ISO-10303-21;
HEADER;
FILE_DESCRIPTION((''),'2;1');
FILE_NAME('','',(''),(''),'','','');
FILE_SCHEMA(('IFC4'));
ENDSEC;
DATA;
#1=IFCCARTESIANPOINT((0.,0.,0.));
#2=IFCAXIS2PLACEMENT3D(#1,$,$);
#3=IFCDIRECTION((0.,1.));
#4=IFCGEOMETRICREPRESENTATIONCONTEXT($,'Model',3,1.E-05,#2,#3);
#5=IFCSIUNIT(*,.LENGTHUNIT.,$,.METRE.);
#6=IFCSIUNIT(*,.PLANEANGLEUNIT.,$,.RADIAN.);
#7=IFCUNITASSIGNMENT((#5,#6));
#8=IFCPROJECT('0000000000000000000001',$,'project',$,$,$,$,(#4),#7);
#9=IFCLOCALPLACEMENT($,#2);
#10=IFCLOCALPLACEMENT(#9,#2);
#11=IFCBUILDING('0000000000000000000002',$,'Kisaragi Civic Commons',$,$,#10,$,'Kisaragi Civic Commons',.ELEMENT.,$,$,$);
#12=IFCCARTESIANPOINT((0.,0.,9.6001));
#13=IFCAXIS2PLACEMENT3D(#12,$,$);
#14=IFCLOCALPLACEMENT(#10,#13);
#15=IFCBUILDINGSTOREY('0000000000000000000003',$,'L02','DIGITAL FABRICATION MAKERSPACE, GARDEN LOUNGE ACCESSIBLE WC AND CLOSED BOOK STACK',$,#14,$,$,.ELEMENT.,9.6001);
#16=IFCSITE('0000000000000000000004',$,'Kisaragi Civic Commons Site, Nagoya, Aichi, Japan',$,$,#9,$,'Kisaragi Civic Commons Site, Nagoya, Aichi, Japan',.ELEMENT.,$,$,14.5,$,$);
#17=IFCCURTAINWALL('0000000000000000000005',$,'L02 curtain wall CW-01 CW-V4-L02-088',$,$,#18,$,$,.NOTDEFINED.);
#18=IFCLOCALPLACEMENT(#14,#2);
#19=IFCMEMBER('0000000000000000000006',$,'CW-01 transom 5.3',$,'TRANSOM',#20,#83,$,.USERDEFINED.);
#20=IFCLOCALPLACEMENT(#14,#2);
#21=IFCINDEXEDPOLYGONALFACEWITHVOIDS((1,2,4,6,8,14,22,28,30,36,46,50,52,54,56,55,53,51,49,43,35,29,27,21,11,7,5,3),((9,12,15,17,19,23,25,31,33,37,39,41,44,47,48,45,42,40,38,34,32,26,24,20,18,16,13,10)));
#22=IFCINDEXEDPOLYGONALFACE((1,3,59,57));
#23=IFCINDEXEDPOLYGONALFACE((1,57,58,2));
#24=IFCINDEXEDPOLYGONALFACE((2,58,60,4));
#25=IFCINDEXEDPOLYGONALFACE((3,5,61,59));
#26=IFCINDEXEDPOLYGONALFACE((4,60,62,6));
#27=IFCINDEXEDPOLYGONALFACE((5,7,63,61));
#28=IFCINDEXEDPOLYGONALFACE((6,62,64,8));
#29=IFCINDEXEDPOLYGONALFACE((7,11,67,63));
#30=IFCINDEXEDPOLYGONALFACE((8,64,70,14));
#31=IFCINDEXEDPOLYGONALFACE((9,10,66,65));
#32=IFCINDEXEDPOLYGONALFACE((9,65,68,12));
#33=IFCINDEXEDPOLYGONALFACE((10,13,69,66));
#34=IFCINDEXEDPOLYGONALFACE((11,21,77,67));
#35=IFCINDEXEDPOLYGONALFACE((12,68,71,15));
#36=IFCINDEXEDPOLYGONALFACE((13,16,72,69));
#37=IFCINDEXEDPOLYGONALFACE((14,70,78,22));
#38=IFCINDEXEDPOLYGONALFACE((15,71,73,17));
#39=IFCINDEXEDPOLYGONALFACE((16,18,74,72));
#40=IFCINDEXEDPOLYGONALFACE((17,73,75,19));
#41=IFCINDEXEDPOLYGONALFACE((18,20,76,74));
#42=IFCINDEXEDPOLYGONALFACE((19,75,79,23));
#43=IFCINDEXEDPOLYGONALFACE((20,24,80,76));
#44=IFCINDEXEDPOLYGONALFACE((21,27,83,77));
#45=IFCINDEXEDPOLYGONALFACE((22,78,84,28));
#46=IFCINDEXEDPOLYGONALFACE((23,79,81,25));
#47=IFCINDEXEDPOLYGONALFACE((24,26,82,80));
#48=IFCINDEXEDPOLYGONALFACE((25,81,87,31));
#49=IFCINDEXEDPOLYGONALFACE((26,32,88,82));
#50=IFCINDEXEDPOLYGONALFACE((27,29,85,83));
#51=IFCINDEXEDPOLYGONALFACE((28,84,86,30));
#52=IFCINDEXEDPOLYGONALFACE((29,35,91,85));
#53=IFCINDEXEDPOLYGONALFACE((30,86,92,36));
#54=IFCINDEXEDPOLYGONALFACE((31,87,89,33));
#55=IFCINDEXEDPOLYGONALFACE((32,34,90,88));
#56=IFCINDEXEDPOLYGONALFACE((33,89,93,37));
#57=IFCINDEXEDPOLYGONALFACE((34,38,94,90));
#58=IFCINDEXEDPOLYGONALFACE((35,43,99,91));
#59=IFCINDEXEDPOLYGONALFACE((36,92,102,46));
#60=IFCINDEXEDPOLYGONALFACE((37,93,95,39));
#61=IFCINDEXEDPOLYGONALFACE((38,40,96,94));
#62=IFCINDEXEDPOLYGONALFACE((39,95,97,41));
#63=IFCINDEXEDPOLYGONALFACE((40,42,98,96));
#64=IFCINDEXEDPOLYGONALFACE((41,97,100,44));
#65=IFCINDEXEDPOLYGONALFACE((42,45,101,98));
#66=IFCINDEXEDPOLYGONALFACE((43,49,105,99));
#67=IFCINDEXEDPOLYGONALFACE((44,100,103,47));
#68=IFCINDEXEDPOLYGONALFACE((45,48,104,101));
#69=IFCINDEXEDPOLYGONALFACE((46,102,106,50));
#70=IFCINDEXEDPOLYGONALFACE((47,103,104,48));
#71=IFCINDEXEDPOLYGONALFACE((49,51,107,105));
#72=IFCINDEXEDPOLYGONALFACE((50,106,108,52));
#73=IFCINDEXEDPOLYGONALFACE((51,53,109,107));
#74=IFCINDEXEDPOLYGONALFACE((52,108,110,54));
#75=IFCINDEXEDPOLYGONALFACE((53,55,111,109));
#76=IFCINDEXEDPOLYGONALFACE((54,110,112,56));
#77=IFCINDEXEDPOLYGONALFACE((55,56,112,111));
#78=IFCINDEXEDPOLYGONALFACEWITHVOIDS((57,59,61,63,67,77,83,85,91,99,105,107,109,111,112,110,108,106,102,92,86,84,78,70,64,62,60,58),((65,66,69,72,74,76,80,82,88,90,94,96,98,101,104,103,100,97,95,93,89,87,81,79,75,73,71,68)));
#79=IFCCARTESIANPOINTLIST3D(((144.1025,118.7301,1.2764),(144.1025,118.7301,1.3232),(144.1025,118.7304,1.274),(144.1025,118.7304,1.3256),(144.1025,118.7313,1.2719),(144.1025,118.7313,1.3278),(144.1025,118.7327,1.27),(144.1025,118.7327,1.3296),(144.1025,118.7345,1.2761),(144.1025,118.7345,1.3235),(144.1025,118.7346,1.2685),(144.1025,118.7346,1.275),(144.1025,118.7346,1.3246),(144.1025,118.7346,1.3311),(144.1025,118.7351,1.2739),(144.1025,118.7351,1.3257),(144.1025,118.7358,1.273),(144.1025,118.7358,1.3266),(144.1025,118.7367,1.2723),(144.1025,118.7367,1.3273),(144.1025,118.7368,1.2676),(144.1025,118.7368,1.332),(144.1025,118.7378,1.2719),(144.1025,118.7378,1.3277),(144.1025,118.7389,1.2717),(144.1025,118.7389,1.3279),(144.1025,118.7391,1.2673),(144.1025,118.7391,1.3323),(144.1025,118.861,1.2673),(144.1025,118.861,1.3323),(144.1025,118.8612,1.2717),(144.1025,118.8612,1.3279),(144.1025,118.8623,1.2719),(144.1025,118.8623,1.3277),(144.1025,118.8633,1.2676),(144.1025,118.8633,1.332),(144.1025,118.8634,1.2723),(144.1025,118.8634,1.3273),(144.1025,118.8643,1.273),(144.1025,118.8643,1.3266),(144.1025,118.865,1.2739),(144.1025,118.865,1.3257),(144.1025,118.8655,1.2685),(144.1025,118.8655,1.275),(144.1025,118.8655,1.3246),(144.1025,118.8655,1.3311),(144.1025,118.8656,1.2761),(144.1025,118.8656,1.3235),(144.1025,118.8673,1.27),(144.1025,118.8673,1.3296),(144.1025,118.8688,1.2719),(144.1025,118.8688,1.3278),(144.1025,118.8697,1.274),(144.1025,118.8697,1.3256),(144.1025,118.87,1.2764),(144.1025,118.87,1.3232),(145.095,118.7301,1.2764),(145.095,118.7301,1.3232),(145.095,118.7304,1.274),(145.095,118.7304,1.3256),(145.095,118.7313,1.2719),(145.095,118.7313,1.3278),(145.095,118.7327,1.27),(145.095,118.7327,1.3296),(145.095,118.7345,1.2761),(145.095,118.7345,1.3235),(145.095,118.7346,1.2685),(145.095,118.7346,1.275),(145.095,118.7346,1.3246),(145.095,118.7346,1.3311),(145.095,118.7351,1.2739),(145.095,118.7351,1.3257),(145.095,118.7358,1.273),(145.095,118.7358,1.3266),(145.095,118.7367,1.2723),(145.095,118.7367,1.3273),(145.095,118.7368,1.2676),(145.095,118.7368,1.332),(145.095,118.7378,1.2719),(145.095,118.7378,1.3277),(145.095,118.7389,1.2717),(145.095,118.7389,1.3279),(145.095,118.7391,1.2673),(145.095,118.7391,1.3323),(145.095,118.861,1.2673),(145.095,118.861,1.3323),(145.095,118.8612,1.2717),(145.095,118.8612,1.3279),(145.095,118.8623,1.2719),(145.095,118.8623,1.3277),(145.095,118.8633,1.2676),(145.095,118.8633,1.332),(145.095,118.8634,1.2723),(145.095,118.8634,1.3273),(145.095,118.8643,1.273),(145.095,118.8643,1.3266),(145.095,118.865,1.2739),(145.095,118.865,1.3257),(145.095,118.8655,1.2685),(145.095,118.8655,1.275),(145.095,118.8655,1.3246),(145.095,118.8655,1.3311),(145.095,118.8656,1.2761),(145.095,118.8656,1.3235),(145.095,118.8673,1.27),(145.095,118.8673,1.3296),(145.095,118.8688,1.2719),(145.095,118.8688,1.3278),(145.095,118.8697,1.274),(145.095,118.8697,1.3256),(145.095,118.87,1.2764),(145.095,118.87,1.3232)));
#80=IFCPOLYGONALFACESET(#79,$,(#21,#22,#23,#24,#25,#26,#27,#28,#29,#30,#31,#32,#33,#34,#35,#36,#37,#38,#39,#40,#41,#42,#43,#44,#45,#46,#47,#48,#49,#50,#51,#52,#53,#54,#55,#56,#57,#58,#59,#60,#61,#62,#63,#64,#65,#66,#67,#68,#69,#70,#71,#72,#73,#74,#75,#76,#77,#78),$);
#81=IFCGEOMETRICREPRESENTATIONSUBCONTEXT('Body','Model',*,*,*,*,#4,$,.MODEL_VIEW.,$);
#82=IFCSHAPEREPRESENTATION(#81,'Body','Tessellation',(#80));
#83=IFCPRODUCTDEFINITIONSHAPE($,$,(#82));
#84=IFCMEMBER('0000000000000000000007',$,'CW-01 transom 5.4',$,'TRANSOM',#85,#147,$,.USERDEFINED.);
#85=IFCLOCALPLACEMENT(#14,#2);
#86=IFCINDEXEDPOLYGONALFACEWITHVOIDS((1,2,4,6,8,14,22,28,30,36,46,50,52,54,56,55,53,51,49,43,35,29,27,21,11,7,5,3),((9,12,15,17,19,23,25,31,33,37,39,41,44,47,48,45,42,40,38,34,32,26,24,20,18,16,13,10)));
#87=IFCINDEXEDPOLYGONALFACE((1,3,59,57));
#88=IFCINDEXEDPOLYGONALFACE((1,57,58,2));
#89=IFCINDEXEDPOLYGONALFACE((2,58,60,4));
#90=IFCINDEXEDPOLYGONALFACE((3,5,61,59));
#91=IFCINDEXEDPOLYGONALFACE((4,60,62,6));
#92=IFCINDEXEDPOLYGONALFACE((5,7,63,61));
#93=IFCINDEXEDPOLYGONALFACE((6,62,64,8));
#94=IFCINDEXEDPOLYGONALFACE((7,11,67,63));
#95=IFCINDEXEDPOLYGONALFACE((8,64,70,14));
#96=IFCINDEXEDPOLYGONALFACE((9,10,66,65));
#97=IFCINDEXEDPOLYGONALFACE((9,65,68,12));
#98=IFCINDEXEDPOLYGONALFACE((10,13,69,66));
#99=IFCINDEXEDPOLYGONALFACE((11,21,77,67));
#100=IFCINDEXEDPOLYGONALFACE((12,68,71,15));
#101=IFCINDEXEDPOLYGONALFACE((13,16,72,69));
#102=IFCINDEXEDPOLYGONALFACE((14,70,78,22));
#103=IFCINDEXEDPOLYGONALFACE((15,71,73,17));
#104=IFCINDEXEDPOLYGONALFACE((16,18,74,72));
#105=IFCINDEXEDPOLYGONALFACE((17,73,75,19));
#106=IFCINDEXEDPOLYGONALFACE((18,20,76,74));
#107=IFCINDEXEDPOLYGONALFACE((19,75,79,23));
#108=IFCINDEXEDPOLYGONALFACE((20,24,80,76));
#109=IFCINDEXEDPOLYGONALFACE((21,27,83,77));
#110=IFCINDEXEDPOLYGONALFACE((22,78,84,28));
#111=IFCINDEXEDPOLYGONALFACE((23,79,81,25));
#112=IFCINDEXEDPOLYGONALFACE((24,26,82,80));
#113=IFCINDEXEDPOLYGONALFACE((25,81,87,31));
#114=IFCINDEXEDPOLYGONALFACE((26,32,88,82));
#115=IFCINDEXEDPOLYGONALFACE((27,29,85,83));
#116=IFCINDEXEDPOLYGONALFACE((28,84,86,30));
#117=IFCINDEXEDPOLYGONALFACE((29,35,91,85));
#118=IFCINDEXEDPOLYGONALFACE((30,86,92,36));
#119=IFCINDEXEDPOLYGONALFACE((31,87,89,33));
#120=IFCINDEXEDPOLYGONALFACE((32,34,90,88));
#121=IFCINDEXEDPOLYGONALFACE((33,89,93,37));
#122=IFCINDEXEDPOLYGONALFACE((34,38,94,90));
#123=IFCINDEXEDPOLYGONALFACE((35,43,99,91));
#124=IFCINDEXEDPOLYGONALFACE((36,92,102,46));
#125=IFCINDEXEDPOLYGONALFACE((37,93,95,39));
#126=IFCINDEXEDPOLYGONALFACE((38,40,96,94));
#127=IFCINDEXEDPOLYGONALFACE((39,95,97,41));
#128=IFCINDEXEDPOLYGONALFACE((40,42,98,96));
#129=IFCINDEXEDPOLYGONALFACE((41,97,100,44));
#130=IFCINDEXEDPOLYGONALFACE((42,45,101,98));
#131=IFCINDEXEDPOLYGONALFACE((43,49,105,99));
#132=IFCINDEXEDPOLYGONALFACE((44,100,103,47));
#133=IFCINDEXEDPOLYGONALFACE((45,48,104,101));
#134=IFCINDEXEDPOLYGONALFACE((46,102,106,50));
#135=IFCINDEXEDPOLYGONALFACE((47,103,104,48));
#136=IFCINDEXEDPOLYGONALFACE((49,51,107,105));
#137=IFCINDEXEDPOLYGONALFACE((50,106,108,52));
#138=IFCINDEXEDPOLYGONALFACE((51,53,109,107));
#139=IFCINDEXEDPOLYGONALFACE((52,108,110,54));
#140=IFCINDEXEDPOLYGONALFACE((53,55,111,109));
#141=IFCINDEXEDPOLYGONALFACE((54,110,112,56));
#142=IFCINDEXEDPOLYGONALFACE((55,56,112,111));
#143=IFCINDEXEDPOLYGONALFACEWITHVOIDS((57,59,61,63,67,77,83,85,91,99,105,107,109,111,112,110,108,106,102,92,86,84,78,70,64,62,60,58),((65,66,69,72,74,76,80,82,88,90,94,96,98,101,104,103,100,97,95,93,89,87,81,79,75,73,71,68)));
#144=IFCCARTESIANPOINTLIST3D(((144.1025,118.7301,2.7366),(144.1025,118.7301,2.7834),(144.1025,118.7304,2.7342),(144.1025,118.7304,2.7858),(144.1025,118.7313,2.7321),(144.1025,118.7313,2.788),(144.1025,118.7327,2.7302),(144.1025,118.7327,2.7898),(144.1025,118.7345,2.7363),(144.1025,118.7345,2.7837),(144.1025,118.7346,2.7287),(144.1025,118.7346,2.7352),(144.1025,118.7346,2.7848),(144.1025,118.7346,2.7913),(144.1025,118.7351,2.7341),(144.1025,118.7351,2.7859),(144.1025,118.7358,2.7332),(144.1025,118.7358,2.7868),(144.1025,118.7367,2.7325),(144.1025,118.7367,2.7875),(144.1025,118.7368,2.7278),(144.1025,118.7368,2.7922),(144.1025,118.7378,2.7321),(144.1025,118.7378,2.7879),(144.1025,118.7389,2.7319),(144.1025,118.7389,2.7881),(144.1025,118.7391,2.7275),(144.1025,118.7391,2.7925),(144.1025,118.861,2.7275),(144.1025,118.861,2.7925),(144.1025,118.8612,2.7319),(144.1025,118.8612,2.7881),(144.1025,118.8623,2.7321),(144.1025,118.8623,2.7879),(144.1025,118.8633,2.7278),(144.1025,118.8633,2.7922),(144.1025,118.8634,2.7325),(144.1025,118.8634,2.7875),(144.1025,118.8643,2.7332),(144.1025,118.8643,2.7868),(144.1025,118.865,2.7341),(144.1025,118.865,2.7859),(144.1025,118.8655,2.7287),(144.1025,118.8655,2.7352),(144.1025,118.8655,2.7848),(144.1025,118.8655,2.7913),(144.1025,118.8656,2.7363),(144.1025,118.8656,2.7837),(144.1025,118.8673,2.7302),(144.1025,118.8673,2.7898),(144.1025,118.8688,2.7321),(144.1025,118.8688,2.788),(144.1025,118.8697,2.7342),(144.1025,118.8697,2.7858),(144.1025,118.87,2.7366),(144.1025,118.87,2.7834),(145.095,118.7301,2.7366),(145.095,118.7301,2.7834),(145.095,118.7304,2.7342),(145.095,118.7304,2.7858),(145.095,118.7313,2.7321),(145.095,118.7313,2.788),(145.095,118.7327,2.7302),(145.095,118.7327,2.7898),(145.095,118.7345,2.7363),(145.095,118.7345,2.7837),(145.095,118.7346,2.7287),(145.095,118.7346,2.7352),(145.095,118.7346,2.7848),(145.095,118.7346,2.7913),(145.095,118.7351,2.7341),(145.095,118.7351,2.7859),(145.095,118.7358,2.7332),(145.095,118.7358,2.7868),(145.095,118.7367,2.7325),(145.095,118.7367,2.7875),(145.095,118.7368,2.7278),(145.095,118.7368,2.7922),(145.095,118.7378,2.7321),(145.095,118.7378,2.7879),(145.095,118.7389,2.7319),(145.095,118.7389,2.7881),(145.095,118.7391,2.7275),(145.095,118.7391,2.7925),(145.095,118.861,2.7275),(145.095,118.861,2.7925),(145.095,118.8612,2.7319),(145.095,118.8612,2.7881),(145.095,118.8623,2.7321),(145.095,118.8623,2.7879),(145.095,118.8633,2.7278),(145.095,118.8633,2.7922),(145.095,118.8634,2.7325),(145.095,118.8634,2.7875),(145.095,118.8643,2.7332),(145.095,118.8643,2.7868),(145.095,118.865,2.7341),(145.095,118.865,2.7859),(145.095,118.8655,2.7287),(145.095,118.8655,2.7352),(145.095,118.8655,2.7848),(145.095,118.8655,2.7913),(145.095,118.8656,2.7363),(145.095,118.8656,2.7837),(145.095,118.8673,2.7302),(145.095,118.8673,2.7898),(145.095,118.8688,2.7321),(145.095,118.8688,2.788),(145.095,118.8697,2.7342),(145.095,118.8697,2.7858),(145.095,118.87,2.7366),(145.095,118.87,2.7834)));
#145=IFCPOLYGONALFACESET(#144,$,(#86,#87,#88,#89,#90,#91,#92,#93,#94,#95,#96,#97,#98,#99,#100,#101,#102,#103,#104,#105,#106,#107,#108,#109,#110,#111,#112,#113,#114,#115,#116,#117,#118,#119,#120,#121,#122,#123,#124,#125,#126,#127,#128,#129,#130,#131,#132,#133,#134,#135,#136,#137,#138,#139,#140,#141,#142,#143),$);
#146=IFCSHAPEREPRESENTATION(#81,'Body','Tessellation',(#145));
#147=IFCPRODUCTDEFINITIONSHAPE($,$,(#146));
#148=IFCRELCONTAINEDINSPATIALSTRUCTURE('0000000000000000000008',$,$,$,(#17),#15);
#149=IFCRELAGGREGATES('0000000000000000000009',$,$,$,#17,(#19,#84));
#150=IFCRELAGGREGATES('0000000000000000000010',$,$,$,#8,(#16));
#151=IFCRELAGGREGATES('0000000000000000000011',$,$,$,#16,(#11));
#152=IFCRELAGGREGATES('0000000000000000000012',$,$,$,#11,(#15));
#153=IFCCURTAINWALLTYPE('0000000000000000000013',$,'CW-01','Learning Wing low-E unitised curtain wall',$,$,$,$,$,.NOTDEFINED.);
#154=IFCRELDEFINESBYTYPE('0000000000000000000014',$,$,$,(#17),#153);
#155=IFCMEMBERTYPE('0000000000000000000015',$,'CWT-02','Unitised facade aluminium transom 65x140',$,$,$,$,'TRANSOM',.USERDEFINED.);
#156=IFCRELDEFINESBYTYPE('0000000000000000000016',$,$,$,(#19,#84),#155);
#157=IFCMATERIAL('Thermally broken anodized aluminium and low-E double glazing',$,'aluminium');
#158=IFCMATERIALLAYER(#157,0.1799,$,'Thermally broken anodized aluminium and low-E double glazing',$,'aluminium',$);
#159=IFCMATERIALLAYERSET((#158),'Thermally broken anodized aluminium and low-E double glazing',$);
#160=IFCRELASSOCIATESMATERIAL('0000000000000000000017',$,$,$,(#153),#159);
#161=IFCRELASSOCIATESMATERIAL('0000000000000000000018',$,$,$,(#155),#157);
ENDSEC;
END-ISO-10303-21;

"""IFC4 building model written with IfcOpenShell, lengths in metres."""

from ifc_helpers import new_model, si_unit, direction, frame, origin, origin_2d, place, context, subcontext, project, spatial, hollow_rectangle, extrude, material, layer, layer_set, material_profile, profile_set, type_object, element, aggregate, save


model = new_model("IFC4")

# Units and contexts
model_context = context("Model", 3, precision=1e-05, world=origin(), true_north=direction((0.0, 1.0)))
body_context = subcontext(model_context, "Body", "Model", "MODEL_VIEW")
ifc_project = project(units=[si_unit("LENGTHUNIT", "METRE"), si_unit("PLANEANGLEUNIT", "RADIAN")], contexts=[model_context])

# Site, building, storey
site_placement = place(None, origin())
site = spatial("IfcSite", under=ifc_project, at=site_placement, Name="Kisaragi Civic Commons Site, Nagoya, Aichi, Japan", LongName="Kisaragi Civic Commons Site, Nagoya, Aichi, Japan", CompositionType="ELEMENT", RefElevation=14.5)
building_placement = place(site_placement, origin())
building = spatial("IfcBuilding", under=site, at=building_placement, Name="Kisaragi Civic Commons", LongName="Kisaragi Civic Commons", CompositionType="ELEMENT")
storey_placement = place(building_placement, frame((0.0, 0.0, 9.6001)))
storey = spatial("IfcBuildingStorey", under=building, at=storey_placement, Name="L02", Description="DIGITAL FABRICATION MAKERSPACE, GARDEN LOUNGE ACCESSIBLE WC AND CLOSED BOOK STACK", CompositionType="ELEMENT", Elevation=9.6001)

# Curtain wall, members
ifc_material_1 = material(Name="Thermally broken anodized aluminium and low-E double glazing", Category="aluminium")
ifc_layer_1 = layer(ifc_material_1, 0.1799, Name="Thermally broken anodized aluminium and low-E double glazing", Category="aluminium")
ifc_layer_set_1 = layer_set([ifc_layer_1], Name="Thermally broken anodized aluminium and low-E double glazing")
curtain_wall_type = type_object("IfcCurtainWallType", Name="CW-01", Description="Learning Wing low-E unitised curtain wall", PredefinedType="NOTDEFINED", material=ifc_layer_set_1)
curtain_wall_placement = place(storey_placement, origin())
curtain_wall = element("IfcCurtainWall", 1, at=curtain_wall_placement, inside=storey, type_object=curtain_wall_type, Name="L02 curtain wall CW-01 CW-V4-L02-088", PredefinedType="NOTDEFINED")
ifc_material_profile_1 = material_profile(ifc_material_1, hollow_rectangle(XDim=0.1399, YDim=0.0649, WallThickness=0.0044, InnerFilletRadius=0.0044, OuterFilletRadius=0.009, at=origin_2d()), Name="CWT-65x140x4.5", Category="aluminium")
ifc_profile_set_1 = profile_set([ifc_material_profile_1], Name="Thermally broken anodized aluminium and low-E double glazing")
member_type_1 = type_object("IfcMemberType", Name="CWT-02", Description="Unitised facade aluminium transom 65x140", ElementType="TRANSOM", PredefinedType="USERDEFINED", material=ifc_profile_set_1)
member_1_placement = place(storey_placement, frame((144.1025, 118.8, 1.2998), z_axis=(1.0, 0.0, 0.0), x_axis=(0.0, 1.0, 0.0)))
member_1 = element("IfcMember", 2, at=member_1_placement, type_object=member_type_1, Name="CW-01 transom 5.3", ObjectType="TRANSOM", PredefinedType="USERDEFINED", context=body_context, shape_type="SweptSolid", body=[
    extrude(hollow_rectangle(XDim=0.1399, YDim=0.0649, WallThickness=0.0044, InnerFilletRadius=0.0044, OuterFilletRadius=0.009, at=origin_2d()), origin(), (0.0, 0.0, 1.0), 0.9924),
])
member_2_placement = place(storey_placement, frame((144.1025, 118.8, 2.76), z_axis=(1.0, 0.0, 0.0), x_axis=(0.0, 1.0, 0.0)))
member_2 = element("IfcMember", 3, at=member_2_placement, type_object=member_type_1, Name="CW-01 transom 5.4", ObjectType="TRANSOM", PredefinedType="USERDEFINED", context=body_context, shape_type="SweptSolid", body=[
    extrude(hollow_rectangle(XDim=0.1399, YDim=0.0649, WallThickness=0.0044, InnerFilletRadius=0.0044, OuterFilletRadius=0.009, at=origin_2d()), origin(), (0.0, 0.0, 1.0), 0.9924),
])
aggregate(curtain_wall, [member_1, member_2])

save(model, "model.ifc")
